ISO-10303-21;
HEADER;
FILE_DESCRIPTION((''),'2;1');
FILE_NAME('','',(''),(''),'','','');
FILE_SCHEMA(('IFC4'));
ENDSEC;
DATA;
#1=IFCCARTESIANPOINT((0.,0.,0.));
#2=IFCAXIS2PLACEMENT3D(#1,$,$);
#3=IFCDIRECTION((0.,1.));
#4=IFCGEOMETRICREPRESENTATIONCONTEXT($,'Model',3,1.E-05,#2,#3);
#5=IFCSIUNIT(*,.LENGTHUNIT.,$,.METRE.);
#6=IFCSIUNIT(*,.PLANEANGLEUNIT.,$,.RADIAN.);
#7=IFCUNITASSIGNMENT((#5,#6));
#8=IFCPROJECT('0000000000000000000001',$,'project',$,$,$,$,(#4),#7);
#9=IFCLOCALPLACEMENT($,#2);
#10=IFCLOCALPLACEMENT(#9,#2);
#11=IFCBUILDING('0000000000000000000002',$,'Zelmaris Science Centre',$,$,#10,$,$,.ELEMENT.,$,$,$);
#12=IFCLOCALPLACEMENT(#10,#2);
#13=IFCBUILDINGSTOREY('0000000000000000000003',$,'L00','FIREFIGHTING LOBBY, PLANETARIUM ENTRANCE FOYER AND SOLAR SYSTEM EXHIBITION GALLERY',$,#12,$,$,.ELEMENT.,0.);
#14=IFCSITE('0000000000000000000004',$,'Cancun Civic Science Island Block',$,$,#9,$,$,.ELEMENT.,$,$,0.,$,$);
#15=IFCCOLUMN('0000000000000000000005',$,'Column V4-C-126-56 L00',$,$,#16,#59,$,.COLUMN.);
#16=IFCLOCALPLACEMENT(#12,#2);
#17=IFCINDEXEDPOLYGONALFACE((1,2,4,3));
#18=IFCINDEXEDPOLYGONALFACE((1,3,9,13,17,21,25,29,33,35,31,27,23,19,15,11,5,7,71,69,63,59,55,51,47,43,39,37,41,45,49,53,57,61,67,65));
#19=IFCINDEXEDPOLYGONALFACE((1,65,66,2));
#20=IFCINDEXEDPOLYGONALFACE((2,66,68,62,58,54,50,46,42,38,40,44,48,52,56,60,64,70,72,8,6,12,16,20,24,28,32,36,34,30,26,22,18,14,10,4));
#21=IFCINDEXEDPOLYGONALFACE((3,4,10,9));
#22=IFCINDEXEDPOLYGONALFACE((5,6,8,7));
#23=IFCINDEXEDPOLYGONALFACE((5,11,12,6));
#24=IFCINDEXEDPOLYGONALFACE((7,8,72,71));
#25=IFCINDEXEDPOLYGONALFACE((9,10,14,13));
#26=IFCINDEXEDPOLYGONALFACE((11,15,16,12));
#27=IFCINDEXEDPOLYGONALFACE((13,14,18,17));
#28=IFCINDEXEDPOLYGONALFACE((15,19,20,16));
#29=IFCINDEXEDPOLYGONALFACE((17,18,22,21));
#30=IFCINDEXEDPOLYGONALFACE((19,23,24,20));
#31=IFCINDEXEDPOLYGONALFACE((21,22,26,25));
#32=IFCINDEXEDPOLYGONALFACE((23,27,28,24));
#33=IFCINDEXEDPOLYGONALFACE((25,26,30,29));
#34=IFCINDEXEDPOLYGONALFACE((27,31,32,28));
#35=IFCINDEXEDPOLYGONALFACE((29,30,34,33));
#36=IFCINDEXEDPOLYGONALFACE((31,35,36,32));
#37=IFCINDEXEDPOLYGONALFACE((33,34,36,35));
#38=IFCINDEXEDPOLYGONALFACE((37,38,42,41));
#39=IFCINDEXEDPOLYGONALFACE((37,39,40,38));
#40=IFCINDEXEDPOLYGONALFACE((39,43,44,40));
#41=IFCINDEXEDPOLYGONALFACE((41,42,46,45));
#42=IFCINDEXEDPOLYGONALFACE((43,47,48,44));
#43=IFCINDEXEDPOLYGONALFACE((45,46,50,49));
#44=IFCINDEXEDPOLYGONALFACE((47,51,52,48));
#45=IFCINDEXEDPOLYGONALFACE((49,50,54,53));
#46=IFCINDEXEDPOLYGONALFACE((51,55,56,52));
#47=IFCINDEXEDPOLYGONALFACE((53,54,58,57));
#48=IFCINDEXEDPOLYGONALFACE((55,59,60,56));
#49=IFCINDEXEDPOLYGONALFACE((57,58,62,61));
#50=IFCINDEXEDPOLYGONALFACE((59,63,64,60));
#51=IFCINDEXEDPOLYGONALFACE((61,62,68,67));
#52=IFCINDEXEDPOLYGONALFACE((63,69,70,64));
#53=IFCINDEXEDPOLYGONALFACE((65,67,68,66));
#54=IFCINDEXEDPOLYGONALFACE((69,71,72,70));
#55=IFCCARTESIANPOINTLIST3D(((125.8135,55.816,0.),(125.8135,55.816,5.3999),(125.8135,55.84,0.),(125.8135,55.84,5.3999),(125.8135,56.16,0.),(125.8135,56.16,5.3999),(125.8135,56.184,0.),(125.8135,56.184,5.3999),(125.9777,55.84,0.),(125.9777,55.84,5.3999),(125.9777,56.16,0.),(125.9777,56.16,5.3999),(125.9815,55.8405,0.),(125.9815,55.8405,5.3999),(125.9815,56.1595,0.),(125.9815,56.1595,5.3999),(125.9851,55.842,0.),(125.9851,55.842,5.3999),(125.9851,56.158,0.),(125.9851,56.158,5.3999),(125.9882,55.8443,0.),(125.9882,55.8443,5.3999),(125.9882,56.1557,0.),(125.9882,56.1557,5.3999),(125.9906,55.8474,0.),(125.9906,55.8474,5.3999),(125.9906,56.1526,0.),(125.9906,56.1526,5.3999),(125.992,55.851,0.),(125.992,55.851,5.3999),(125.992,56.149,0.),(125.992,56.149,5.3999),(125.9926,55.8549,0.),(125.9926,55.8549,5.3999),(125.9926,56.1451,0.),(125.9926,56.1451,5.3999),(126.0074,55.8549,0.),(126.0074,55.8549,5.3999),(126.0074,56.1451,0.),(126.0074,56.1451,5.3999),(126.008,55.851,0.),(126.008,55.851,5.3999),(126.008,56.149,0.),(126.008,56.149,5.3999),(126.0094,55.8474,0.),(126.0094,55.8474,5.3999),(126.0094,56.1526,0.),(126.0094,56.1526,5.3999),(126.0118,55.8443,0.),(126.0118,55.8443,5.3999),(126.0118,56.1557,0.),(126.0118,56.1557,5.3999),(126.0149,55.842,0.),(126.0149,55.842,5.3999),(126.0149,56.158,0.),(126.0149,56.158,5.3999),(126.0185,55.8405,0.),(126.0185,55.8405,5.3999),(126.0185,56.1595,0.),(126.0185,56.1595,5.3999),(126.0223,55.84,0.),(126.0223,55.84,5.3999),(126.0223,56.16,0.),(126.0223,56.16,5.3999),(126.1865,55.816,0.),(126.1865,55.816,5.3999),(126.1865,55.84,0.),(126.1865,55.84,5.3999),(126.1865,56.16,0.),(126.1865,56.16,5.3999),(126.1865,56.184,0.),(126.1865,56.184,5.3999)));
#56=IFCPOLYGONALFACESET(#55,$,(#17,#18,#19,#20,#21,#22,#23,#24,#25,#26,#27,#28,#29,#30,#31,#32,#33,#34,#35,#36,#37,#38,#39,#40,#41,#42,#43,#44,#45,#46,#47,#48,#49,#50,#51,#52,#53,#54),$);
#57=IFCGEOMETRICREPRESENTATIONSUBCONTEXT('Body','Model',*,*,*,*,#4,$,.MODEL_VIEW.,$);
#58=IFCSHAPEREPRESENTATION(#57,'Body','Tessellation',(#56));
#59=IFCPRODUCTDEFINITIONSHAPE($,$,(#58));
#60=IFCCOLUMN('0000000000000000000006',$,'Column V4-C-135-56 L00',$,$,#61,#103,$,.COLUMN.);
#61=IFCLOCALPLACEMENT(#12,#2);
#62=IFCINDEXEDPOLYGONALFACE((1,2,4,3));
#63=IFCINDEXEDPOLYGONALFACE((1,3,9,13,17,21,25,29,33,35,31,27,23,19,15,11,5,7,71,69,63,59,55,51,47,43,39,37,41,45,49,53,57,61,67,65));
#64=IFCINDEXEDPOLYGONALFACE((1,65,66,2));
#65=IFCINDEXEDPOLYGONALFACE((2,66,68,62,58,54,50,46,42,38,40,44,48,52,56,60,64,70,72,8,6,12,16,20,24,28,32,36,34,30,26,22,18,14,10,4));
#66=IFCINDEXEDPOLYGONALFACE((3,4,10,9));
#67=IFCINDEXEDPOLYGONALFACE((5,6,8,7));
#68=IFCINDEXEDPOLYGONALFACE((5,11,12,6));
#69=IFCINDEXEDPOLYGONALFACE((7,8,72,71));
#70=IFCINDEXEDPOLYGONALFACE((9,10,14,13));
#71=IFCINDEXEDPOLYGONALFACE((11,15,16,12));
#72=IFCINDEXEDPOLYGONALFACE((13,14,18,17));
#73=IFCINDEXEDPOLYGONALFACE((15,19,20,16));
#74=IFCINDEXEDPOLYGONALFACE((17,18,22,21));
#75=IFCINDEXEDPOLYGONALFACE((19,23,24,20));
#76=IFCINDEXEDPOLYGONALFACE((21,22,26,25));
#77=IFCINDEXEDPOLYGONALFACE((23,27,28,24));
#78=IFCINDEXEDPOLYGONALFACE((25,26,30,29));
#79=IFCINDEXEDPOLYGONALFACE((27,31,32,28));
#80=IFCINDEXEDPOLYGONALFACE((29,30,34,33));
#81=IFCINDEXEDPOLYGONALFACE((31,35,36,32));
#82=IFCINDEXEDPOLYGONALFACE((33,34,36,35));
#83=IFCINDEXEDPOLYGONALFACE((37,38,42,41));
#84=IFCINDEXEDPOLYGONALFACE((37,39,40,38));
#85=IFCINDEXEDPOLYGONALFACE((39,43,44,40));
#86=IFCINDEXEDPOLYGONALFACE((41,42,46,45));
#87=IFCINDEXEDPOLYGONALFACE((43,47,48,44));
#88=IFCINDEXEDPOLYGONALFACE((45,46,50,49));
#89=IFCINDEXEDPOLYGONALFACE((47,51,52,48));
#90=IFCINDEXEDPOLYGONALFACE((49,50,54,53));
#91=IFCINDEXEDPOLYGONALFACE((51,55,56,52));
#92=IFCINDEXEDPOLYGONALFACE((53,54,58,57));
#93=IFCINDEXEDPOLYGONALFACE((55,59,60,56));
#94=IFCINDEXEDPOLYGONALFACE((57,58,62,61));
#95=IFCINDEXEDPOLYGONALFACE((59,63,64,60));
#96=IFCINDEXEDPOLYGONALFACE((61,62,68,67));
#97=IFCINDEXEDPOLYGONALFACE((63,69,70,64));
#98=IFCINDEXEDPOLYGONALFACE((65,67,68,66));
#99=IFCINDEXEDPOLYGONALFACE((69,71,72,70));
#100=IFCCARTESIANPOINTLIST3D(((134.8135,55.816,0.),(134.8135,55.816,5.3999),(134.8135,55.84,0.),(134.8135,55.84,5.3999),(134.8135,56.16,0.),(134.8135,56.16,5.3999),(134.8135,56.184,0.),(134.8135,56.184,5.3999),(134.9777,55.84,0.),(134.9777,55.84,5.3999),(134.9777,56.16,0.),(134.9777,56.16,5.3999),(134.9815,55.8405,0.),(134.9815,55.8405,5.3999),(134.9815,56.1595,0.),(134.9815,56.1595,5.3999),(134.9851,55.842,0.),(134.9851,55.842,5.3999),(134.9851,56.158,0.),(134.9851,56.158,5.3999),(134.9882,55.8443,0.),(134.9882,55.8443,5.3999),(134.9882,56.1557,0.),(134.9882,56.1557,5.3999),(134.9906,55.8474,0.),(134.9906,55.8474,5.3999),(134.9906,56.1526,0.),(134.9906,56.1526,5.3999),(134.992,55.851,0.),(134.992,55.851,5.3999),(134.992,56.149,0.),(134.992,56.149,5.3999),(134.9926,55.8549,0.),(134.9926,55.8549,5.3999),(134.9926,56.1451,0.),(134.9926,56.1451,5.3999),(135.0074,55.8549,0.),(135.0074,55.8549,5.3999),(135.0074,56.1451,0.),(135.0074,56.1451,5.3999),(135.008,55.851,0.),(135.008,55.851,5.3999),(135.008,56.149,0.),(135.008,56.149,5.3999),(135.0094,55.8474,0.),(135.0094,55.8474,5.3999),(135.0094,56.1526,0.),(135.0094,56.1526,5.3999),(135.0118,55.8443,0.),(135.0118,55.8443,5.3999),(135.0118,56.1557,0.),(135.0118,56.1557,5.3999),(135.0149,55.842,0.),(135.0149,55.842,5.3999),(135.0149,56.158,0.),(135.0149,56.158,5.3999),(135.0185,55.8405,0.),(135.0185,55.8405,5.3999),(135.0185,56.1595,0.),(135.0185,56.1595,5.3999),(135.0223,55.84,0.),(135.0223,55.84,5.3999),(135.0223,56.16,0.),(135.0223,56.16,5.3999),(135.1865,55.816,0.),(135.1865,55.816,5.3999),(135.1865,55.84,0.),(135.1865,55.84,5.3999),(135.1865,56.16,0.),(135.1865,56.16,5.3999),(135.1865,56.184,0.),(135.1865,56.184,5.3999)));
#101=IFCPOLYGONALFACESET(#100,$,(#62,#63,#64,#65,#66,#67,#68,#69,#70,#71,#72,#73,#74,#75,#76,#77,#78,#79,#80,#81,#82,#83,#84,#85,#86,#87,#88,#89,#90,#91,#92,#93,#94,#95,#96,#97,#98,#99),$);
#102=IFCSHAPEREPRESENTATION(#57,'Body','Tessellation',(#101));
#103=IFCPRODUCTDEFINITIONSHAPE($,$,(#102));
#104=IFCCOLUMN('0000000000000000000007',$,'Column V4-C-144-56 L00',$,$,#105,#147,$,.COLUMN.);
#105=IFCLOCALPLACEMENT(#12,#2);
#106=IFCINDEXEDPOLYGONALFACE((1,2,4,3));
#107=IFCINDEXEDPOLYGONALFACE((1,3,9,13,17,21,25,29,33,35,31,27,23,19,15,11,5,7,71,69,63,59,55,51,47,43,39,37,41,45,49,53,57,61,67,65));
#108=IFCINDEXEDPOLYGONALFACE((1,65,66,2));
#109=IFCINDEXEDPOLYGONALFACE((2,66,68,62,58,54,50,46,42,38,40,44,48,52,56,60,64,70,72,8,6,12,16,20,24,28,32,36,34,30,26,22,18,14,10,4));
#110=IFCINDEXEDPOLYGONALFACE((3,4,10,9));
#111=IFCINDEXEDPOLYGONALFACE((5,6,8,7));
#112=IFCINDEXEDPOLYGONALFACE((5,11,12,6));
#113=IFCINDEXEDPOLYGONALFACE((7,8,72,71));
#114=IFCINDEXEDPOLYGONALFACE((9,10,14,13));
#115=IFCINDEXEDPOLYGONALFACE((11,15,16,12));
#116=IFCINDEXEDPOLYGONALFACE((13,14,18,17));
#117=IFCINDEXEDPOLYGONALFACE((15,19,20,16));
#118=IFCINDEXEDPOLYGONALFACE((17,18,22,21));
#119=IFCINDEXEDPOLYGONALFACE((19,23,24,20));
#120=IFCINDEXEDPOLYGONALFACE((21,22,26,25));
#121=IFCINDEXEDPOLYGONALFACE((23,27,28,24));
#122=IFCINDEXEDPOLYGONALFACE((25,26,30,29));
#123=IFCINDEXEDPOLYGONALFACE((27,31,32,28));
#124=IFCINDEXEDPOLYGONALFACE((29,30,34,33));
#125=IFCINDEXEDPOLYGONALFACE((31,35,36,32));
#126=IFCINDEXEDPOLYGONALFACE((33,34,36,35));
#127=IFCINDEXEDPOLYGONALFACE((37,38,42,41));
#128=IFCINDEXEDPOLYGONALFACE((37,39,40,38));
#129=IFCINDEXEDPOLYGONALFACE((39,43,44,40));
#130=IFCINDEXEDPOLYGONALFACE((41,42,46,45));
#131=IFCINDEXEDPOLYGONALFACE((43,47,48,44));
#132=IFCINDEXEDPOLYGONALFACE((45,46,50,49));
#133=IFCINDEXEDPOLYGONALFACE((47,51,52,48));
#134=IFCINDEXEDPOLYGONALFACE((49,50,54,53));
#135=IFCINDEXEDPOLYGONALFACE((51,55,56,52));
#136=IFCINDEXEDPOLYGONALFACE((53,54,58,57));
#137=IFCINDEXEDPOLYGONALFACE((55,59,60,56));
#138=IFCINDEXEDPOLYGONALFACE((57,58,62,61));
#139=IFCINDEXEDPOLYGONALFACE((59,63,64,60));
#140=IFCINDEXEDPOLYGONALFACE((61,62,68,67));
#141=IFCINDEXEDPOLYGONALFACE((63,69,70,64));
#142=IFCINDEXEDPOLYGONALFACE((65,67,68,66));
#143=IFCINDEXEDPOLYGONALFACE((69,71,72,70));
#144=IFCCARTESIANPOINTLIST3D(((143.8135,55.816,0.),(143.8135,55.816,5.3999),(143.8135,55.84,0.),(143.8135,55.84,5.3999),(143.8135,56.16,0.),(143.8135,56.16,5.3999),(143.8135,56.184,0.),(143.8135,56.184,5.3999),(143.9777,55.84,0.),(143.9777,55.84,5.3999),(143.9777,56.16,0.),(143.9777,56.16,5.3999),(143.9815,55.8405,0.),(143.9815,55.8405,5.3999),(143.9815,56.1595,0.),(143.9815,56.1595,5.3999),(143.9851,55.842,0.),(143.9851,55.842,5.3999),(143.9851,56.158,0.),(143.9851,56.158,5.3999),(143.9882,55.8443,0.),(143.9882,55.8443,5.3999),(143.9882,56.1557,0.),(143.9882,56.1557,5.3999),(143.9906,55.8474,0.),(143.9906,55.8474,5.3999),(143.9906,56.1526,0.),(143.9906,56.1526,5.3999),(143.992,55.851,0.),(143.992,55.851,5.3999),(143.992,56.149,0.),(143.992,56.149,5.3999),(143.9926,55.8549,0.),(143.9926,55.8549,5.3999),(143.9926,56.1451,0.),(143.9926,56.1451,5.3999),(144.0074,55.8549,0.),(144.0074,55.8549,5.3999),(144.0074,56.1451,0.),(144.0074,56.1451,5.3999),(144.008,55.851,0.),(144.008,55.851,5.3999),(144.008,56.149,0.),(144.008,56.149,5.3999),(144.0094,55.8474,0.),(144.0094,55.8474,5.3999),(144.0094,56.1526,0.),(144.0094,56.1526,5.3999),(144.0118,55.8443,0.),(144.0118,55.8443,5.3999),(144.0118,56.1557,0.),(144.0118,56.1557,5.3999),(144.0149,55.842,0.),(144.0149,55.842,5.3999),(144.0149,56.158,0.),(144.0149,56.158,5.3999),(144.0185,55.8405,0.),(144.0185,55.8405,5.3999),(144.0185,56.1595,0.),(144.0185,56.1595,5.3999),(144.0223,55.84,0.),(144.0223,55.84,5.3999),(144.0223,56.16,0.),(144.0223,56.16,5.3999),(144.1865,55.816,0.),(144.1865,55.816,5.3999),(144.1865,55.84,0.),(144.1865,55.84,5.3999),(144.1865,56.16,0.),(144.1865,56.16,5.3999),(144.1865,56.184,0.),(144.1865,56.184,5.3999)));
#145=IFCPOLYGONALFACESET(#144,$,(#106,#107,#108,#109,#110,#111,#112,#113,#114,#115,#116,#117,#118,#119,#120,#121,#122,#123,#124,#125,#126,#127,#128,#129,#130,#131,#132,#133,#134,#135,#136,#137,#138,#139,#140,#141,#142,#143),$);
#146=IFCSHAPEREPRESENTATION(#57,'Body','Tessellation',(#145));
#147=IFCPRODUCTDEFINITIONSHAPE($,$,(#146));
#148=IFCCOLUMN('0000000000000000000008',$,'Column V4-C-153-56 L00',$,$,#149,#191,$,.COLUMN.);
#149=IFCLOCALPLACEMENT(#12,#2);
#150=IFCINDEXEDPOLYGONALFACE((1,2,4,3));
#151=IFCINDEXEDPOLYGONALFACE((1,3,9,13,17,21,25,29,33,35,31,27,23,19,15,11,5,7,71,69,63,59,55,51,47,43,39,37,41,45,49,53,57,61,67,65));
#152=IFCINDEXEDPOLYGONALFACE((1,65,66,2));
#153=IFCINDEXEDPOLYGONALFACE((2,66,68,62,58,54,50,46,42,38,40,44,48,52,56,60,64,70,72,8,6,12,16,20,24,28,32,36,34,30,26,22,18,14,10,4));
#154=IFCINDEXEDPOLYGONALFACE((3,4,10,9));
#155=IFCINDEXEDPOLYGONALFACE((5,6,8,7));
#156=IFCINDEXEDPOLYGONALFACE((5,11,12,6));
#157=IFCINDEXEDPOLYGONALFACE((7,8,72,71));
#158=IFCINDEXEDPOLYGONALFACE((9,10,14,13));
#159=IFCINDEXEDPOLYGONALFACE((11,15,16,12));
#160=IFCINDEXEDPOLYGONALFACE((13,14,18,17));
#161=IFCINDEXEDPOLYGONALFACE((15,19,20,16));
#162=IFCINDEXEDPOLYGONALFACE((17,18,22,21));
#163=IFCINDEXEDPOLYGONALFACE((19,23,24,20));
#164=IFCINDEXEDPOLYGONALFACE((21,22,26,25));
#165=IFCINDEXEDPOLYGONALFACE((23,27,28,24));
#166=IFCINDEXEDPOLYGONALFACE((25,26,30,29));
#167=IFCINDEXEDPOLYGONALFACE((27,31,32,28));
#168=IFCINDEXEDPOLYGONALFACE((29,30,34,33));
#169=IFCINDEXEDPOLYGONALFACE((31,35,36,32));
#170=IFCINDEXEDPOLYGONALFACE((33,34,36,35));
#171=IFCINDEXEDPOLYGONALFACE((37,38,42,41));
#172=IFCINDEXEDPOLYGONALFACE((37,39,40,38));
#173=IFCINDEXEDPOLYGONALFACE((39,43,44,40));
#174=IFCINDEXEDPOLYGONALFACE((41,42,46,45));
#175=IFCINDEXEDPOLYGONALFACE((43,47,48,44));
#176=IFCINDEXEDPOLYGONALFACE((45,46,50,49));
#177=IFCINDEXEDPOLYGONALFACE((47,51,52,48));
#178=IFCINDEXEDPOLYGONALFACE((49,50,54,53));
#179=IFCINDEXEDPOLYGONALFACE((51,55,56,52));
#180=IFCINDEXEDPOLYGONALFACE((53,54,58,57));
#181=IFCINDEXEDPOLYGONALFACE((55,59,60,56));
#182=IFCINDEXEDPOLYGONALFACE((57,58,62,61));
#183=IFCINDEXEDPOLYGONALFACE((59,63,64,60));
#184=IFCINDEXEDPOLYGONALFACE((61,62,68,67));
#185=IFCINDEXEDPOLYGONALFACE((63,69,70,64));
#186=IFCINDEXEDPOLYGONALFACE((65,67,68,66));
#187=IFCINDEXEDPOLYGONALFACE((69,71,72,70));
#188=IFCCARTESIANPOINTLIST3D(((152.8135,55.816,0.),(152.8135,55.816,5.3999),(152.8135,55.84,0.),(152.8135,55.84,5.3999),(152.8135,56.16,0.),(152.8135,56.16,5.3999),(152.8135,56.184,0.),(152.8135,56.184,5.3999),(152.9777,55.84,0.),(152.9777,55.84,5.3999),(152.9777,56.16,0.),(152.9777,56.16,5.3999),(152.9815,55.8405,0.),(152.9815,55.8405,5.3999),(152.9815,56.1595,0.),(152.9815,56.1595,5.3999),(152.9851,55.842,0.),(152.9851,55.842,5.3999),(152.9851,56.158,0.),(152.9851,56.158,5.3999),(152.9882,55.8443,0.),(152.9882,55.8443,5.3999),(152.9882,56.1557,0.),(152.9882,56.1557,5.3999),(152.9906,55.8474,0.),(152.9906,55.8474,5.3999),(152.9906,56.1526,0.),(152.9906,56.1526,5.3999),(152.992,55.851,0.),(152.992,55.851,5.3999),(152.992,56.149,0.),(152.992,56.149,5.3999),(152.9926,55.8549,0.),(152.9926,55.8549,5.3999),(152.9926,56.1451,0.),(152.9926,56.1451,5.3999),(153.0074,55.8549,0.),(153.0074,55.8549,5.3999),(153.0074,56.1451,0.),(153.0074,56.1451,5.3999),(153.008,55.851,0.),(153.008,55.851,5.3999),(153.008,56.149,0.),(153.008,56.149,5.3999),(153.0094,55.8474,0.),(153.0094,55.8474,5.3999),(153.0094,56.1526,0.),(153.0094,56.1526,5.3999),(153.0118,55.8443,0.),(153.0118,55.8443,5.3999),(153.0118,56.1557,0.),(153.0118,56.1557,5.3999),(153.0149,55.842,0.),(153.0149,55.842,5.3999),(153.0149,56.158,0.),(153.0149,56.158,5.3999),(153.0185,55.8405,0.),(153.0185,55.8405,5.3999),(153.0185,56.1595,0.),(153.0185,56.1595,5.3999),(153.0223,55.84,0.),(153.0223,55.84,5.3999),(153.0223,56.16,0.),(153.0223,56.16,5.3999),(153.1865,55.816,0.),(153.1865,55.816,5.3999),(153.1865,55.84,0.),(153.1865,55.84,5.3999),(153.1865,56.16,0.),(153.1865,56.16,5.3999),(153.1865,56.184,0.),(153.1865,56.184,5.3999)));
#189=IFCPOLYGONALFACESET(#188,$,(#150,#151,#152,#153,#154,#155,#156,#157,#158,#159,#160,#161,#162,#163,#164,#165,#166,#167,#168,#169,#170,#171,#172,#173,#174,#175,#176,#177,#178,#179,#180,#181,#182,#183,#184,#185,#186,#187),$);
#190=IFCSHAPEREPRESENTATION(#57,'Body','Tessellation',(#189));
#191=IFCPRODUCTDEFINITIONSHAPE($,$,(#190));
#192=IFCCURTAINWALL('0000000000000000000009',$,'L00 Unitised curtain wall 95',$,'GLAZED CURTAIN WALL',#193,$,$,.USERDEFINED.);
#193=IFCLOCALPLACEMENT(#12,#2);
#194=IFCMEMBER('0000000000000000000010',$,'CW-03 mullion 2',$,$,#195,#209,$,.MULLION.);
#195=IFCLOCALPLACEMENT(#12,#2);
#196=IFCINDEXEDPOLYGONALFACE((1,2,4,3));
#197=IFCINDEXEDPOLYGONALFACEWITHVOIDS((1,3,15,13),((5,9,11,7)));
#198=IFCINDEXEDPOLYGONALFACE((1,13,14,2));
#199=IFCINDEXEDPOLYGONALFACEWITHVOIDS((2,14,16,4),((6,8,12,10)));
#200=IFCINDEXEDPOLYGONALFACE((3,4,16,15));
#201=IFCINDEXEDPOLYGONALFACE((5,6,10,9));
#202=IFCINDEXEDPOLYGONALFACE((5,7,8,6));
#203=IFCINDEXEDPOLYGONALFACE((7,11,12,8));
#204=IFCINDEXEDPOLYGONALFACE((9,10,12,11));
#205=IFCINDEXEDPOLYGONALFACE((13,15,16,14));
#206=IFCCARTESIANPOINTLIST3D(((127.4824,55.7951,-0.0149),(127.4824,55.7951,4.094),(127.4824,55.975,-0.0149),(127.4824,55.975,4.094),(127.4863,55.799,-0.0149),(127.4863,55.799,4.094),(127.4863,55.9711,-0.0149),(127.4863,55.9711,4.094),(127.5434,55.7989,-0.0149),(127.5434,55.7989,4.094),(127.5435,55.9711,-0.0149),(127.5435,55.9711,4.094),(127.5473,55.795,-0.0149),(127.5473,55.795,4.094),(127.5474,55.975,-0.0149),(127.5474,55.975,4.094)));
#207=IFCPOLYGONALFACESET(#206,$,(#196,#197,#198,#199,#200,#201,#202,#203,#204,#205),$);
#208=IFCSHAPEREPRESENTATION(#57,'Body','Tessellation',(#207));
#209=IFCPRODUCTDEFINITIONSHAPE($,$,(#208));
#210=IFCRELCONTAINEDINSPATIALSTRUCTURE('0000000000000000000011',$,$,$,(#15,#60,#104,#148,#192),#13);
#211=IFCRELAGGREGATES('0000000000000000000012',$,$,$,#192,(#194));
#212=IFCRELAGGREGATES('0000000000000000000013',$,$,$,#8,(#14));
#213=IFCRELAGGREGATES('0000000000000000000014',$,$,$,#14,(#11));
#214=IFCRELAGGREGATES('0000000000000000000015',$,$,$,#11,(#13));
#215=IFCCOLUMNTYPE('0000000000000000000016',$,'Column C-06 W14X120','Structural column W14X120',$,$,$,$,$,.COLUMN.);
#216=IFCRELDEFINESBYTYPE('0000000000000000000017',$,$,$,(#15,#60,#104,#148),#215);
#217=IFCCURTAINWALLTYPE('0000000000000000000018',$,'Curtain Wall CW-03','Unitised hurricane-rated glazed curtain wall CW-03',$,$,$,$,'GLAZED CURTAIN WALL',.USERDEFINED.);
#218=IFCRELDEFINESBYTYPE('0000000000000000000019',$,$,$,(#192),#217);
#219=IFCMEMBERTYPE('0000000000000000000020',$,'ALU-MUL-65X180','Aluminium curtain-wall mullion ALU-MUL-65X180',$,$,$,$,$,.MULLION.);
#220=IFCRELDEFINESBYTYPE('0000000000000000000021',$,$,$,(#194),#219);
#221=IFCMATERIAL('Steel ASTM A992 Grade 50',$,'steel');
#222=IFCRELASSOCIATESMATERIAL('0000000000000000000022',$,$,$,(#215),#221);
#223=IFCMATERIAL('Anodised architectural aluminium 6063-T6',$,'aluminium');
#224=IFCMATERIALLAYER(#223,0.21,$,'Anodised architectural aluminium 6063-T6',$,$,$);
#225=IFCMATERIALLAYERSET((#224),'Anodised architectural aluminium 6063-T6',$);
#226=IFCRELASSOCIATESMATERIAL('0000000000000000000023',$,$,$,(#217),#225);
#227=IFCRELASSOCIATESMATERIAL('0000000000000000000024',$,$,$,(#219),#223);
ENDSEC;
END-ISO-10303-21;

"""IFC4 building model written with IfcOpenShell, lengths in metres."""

from ifc_helpers import new_model, si_unit, direction, frame, origin, origin_2d, place, context, subcontext, project, spatial, hollow_rectangle, i_section, extrude, material, layer, layer_set, material_profile, profile_set, type_object, element, aggregate, save


model = new_model("IFC4")

# Units and contexts
model_context = context("Model", 3, precision=1e-05, world=origin(), true_north=direction((0.0, 1.0)))
body_context = subcontext(model_context, "Body", "Model", "MODEL_VIEW")
ifc_project = project(units=[si_unit("LENGTHUNIT", "METRE"), si_unit("PLANEANGLEUNIT", "RADIAN")], contexts=[model_context])

# Site, building, storey
site_placement = place(None, origin())
site = spatial("IfcSite", under=ifc_project, at=site_placement, Name="Cancun Civic Science Island Block", CompositionType="ELEMENT", RefElevation=0.0)
building_placement = place(site_placement, origin())
building = spatial("IfcBuilding", under=site, at=building_placement, Name="Zelmaris Science Centre", CompositionType="ELEMENT")
storey_placement = place(building_placement, origin())
storey = spatial("IfcBuildingStorey", under=building, at=storey_placement, Name="L00", Description="FIREFIGHTING LOBBY, PLANETARIUM ENTRANCE FOYER AND SOLAR SYSTEM EXHIBITION GALLERY", CompositionType="ELEMENT", Elevation=0.0)

# Columns
ifc_material_1 = material(Name="Steel ASTM A992 Grade 50", Category="steel")
ifc_material_profile_1 = material_profile(ifc_material_1, i_section(OverallWidth=0.373, OverallDepth=0.3679, WebThickness=0.0149, FlangeThickness=0.0239, FilletRadius=0.0149, at=origin_2d()), Name="W14X120")
ifc_profile_set_1 = profile_set([ifc_material_profile_1], Name="Steel ASTM A992 Grade 50")
column_type = type_object("IfcColumnType", Name="Column C-06 W14X120", Description="Structural column W14X120", PredefinedType="COLUMN", material=ifc_profile_set_1)
for number, where, z_axis, x_axis, name in (
    (1, (126.0, 56.0, 0.0), (0.0, 0.0, 1.0), (1.0, 0.0, 0.0), "Column V4-C-126-56 L00"),
    (2, (135.0, 56.0, 0.0), (0.0, 0.0, 1.0), (1.0, 0.0, 0.0), "Column V4-C-135-56 L00"),
    (3, (144.0, 56.0, 0.0), (0.0, 0.0, 1.0), (1.0, 0.0, 0.0), "Column V4-C-144-56 L00"),
    (4, (153.0, 56.0, 0.0), (0.0, 0.0, 1.0), (1.0, 0.0, 0.0), "Column V4-C-153-56 L00"),
):
    element("IfcColumn", number, at=place(storey_placement, frame(where, z_axis=z_axis, x_axis=x_axis)), inside=storey, type_object=column_type, Name=name, PredefinedType="COLUMN", context=body_context, shape_type="SweptSolid", body=[
        extrude(i_section(OverallWidth=0.373, OverallDepth=0.3679, WebThickness=0.0149, FlangeThickness=0.0239, FilletRadius=0.0149, at=origin_2d()), origin(), (0.0, 0.0, 1.0), 5.3999),
    ])

# Curtain wall, member
ifc_material_2 = material(Name="Anodised architectural aluminium 6063-T6", Category="aluminium")
ifc_layer_1 = layer(ifc_material_2, 0.21, Name="Anodised architectural aluminium 6063-T6")
ifc_layer_set_1 = layer_set([ifc_layer_1], Name="Anodised architectural aluminium 6063-T6")
curtain_wall_type_1 = type_object("IfcCurtainWallType", Name="Curtain Wall CW-03", Description="Unitised hurricane-rated glazed curtain wall CW-03", ElementType="GLAZED CURTAIN WALL", PredefinedType="USERDEFINED", material=ifc_layer_set_1)
curtain_wall_1_placement = place(storey_placement, origin())
curtain_wall_1 = element("IfcCurtainWall", 5, at=curtain_wall_1_placement, inside=storey, type_object=curtain_wall_type_1, Name="L00 Unitised curtain wall 95", ObjectType="GLAZED CURTAIN WALL", PredefinedType="USERDEFINED")
ifc_material_profile_2 = material_profile(ifc_material_2, hollow_rectangle(XDim=0.0649, YDim=0.1799, WallThickness=0.0039, at=origin_2d()), Name="ALU-MUL-65X180")
ifc_profile_set_2 = profile_set([ifc_material_profile_2], Name="Anodised architectural aluminium 6063-T6")
member_type_1 = type_object("IfcMemberType", Name="ALU-MUL-65X180", Description="Aluminium curtain-wall mullion ALU-MUL-65X180", PredefinedType="MULLION", material=ifc_profile_set_2)
member_1_placement = place(storey_placement, frame((127.5149, 55.885, -0.0149), z_axis=(0.0, 0.0, 1.0), x_axis=(1.0, -0.000194, 0.0)))
member_1 = element("IfcMember", 6, at=member_1_placement, type_object=member_type_1, Name="CW-03 mullion 2", PredefinedType="MULLION", context=body_context, shape_type="SweptSolid", body=[
    extrude(hollow_rectangle(XDim=0.0649, YDim=0.1799, WallThickness=0.0039, at=origin_2d()), origin(), (0.0, 0.0, 1.0), 4.1089),
])

aggregate(curtain_wall_1, [member_1])

save(model, "model.ifc")
